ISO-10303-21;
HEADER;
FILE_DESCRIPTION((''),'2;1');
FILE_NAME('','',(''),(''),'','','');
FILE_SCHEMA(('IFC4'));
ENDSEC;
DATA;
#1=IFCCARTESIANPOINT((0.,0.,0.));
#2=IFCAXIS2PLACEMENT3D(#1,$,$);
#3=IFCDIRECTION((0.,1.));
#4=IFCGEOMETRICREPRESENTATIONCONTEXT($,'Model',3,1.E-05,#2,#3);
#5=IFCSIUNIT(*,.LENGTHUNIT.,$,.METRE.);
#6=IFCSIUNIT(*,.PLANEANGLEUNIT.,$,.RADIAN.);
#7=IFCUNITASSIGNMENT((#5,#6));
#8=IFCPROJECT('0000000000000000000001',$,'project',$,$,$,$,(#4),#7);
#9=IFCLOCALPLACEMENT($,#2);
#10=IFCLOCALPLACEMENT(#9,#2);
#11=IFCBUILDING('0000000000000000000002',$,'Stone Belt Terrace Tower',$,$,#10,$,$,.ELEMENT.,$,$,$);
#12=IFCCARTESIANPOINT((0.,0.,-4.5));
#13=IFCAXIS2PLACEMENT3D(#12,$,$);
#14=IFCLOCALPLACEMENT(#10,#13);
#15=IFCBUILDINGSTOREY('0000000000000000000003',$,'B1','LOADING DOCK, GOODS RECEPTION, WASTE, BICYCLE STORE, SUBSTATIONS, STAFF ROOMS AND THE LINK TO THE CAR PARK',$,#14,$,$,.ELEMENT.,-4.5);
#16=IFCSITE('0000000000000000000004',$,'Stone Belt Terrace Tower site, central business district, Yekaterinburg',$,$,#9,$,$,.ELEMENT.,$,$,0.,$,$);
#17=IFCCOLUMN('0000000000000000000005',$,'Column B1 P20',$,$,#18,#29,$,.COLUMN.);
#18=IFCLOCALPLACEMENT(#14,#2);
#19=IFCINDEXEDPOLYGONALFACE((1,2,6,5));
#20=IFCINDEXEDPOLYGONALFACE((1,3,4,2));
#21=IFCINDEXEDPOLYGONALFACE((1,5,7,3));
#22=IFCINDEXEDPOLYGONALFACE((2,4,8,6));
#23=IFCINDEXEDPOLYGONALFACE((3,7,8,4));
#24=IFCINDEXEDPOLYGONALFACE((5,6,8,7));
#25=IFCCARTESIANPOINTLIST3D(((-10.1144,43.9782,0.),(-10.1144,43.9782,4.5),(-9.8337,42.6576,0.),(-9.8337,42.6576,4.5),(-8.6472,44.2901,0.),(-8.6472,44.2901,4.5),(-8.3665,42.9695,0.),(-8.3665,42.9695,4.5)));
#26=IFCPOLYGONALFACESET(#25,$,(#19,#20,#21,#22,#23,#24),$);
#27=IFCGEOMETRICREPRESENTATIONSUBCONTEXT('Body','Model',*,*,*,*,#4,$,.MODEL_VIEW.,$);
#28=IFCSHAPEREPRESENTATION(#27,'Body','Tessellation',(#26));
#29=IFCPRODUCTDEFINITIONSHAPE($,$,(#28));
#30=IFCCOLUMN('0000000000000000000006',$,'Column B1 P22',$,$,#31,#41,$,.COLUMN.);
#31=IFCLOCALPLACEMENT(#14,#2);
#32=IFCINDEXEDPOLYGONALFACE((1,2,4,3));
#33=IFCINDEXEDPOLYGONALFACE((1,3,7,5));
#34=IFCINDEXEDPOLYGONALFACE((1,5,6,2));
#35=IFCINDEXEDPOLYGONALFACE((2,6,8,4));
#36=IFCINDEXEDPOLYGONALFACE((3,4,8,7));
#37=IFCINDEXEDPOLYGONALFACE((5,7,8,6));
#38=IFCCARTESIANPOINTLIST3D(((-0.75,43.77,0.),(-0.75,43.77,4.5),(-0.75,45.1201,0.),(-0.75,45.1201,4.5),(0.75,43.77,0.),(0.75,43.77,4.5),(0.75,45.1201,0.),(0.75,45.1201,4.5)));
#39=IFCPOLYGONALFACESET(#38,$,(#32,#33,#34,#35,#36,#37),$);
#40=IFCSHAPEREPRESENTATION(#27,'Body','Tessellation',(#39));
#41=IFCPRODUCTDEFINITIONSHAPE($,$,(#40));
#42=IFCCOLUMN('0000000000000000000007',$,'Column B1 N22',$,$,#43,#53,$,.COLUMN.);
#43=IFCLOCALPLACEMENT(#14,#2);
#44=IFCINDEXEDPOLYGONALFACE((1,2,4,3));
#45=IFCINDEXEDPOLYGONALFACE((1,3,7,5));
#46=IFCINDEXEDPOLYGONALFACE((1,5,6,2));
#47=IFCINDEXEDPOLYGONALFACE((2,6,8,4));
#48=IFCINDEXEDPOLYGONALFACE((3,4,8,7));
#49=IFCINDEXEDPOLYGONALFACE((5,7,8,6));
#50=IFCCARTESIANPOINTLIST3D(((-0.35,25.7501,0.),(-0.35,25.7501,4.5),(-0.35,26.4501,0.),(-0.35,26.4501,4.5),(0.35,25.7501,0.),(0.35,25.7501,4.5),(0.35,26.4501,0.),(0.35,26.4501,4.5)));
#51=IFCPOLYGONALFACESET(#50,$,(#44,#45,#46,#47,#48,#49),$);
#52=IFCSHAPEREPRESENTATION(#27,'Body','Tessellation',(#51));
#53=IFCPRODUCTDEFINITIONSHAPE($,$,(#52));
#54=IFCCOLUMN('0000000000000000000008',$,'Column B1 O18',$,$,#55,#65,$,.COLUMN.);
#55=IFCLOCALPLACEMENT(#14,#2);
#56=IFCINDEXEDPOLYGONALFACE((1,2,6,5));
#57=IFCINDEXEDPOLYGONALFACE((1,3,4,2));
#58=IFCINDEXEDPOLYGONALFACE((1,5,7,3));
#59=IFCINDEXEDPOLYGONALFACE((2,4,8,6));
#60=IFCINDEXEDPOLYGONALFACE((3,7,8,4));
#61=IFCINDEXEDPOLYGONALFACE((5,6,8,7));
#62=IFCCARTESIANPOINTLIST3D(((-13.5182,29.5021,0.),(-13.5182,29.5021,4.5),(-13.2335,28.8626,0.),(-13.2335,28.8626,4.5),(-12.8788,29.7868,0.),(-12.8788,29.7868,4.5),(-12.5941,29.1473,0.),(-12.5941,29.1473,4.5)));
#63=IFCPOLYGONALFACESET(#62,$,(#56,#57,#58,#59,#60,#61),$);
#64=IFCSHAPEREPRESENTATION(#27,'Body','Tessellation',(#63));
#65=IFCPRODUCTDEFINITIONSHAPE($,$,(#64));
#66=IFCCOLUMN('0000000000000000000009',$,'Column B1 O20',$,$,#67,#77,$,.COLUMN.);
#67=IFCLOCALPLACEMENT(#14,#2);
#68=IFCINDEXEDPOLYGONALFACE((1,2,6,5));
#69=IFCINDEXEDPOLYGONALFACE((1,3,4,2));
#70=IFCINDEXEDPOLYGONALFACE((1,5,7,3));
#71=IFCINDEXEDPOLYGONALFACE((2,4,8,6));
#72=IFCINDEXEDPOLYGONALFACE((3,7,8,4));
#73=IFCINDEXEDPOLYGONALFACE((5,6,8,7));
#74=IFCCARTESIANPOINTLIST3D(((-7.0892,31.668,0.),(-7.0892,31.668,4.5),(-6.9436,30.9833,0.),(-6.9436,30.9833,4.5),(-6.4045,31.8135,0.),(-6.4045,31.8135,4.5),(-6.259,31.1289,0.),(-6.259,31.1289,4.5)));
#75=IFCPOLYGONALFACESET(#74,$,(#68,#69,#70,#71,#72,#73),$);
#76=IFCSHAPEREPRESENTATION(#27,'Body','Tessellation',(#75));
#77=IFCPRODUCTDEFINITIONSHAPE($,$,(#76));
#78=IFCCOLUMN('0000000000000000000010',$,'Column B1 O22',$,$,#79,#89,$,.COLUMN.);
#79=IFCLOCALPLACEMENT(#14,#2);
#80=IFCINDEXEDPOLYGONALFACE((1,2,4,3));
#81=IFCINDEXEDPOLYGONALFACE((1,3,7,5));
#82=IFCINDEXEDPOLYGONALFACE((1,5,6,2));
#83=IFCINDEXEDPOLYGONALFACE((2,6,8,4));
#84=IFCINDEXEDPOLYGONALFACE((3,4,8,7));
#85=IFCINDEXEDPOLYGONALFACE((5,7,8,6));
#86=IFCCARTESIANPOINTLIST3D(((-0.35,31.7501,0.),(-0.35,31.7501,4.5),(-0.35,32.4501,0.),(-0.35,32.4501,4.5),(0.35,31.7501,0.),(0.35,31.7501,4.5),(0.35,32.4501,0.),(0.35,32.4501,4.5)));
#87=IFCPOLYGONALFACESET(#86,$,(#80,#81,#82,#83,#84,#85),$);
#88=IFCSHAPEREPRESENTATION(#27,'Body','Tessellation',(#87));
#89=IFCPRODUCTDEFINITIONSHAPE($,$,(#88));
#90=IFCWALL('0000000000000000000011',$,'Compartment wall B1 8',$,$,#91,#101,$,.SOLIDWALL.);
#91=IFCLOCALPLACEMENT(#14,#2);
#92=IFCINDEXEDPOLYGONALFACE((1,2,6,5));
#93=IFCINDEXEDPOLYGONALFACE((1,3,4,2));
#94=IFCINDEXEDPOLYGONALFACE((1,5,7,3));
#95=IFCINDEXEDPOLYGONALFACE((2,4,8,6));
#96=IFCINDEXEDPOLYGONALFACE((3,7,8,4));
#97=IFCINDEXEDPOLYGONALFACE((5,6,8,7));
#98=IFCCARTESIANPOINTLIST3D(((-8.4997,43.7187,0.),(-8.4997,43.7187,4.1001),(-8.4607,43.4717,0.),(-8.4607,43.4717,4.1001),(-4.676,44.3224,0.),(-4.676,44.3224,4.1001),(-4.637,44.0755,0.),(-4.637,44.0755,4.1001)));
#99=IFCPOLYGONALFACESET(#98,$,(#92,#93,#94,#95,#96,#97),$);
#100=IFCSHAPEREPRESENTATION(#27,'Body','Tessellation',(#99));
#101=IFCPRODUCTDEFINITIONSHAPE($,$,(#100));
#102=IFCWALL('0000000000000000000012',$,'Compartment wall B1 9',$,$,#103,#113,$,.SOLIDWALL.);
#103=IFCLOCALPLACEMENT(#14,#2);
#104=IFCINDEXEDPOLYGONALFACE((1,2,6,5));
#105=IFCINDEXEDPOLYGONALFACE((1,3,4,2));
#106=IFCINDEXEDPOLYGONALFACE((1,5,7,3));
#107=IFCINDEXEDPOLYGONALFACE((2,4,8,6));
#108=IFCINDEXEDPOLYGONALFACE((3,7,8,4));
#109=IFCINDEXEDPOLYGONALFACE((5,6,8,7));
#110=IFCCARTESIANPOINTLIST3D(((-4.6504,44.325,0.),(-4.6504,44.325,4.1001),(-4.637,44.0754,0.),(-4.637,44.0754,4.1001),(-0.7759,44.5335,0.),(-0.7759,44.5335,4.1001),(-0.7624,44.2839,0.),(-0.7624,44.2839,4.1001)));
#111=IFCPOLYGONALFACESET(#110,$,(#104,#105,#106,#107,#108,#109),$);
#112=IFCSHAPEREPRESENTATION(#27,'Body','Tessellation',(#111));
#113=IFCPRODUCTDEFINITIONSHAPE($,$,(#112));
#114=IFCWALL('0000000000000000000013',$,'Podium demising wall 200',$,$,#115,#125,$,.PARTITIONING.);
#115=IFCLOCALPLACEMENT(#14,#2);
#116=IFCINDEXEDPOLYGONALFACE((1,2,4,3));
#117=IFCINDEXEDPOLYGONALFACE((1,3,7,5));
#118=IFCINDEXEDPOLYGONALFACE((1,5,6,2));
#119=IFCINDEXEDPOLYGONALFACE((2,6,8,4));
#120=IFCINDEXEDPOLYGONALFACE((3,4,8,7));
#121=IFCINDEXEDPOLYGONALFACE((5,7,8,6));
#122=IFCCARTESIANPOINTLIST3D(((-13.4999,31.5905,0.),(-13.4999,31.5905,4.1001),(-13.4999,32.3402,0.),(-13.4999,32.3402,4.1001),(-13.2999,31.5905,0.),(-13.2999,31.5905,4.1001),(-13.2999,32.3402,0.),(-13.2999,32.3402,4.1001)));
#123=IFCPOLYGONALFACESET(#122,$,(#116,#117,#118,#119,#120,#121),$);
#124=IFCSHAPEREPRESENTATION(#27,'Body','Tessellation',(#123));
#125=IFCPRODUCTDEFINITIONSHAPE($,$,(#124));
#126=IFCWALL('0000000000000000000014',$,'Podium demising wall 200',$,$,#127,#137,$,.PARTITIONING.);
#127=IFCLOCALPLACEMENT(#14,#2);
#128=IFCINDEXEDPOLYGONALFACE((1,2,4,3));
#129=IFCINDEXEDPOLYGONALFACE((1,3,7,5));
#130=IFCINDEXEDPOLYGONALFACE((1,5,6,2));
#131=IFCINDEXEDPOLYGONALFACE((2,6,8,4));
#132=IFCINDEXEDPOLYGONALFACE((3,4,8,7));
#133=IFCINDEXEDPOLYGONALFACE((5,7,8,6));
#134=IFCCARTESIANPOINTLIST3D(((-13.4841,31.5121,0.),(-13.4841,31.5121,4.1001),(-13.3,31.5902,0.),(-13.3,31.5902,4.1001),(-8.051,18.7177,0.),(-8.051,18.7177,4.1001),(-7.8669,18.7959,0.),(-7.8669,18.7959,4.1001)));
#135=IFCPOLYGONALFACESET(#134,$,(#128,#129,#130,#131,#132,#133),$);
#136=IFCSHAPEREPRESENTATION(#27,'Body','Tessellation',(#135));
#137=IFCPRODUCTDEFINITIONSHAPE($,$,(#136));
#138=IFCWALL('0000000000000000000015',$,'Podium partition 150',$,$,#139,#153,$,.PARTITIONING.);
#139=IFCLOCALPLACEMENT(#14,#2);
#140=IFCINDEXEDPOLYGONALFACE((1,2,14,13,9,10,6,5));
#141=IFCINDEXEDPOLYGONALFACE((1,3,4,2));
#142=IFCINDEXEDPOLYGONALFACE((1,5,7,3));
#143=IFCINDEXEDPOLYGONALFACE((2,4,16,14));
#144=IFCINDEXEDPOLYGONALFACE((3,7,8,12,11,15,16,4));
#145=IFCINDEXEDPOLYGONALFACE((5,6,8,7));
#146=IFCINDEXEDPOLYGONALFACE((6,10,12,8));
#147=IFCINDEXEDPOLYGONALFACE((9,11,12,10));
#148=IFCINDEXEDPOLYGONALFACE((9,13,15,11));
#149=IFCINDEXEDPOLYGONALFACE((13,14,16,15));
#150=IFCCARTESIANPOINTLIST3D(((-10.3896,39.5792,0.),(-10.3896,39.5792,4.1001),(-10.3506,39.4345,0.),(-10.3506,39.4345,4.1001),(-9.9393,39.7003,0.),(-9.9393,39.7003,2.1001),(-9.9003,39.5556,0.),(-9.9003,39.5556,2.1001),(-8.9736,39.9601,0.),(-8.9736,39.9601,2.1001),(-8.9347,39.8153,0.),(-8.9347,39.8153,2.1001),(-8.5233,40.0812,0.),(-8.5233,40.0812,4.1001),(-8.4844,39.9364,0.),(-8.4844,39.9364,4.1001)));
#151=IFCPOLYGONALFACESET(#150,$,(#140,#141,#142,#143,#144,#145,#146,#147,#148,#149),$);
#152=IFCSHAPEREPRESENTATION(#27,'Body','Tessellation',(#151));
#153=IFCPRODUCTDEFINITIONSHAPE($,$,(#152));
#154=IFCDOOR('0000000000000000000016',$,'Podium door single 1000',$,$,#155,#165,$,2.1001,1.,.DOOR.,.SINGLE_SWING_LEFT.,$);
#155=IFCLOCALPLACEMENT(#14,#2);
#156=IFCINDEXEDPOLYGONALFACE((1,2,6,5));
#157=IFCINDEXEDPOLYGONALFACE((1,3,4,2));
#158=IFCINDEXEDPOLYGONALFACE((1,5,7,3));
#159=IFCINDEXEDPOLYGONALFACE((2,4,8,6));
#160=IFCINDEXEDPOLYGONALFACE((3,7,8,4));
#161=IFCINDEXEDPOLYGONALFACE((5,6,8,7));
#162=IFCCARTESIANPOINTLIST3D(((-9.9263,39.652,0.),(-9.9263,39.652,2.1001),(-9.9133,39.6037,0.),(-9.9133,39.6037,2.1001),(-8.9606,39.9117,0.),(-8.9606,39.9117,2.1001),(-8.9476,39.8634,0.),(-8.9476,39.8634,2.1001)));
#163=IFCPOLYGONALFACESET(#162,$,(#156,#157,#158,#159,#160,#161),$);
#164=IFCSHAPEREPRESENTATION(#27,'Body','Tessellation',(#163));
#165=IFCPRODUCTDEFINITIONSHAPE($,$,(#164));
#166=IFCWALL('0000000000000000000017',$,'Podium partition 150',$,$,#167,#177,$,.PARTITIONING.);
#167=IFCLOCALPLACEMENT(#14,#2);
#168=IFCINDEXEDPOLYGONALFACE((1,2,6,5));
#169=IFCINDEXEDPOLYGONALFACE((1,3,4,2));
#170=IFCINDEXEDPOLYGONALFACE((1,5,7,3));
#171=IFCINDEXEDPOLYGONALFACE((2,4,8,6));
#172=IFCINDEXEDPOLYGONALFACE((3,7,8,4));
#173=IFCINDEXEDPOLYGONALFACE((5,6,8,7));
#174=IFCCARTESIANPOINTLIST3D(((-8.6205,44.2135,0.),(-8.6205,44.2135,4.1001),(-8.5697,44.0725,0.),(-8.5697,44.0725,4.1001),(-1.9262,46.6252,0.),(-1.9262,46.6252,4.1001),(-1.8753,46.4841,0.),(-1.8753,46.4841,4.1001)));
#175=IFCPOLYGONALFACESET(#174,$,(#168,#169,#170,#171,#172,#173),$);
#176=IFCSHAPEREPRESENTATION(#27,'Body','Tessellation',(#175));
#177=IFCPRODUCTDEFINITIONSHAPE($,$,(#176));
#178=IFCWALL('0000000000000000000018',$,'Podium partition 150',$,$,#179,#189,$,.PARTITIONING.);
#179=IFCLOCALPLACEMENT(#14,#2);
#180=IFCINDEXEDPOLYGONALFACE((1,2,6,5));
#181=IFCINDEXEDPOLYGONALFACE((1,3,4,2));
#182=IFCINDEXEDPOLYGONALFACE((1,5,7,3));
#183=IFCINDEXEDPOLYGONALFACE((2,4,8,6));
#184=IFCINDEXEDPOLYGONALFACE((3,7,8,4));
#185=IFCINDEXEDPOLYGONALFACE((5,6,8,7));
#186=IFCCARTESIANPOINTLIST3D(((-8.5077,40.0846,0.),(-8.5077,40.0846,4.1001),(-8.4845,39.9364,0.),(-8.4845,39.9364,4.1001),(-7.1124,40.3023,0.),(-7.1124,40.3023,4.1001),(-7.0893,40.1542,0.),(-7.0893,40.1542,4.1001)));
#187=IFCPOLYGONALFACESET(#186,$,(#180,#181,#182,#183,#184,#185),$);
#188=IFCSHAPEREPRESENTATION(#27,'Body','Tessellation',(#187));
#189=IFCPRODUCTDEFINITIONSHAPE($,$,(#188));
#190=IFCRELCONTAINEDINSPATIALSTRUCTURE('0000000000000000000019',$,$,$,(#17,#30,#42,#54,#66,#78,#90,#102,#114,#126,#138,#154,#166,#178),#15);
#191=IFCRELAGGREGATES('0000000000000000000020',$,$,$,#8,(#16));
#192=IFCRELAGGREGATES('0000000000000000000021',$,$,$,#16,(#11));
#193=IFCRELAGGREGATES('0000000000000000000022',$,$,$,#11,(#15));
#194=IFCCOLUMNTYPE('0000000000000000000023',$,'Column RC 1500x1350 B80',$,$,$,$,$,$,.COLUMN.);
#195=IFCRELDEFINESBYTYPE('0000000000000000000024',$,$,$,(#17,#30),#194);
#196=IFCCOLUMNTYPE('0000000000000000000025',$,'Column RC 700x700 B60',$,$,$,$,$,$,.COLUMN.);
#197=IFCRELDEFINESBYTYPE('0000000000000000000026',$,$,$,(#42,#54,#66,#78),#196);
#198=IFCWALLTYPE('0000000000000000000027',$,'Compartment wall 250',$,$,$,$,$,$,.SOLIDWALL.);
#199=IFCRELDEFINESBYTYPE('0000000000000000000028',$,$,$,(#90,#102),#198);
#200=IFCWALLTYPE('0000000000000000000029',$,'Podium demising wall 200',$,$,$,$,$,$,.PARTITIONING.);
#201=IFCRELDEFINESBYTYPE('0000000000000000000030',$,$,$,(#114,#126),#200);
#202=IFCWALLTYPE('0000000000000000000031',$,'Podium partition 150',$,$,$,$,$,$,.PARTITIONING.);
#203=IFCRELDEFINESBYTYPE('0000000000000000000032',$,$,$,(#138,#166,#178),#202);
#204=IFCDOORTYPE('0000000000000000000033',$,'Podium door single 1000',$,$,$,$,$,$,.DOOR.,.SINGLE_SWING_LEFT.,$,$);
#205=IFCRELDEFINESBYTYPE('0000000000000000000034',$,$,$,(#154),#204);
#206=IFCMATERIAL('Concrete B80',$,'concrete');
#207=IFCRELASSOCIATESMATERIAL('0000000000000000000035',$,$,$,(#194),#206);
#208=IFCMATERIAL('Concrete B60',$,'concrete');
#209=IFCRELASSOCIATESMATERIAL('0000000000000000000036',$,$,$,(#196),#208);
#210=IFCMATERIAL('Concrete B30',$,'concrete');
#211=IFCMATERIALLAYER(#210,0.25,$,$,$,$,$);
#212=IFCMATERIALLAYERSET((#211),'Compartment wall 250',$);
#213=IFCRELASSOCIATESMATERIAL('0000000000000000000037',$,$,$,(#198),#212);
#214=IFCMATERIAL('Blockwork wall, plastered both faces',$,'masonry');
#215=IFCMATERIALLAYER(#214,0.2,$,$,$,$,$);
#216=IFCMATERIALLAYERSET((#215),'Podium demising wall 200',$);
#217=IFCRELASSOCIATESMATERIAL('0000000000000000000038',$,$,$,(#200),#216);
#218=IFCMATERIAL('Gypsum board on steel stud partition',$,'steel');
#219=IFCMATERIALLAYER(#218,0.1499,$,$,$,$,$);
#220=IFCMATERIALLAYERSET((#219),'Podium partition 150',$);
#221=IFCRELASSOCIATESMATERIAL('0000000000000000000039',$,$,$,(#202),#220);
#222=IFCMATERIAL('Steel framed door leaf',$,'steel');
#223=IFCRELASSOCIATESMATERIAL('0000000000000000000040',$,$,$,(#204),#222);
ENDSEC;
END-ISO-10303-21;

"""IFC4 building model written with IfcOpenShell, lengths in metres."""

from ifc_helpers import new_model, si_unit, direction, frame, frame_2d, origin, origin_2d, place, context, subcontext, project, spatial, rectangle, extrude, material, layer, layer_set, material_profile, profile_set, type_object, element, fill, save


model = new_model("IFC4")

# Units and contexts
model_context = context("Model", 3, precision=1e-05, world=origin(), true_north=direction((0.0, 1.0)))
body_context = subcontext(model_context, "Body", "Model", "MODEL_VIEW")
ifc_project = project(units=[si_unit("LENGTHUNIT", "METRE"), si_unit("PLANEANGLEUNIT", "RADIAN")], contexts=[model_context])

# Site, building, storey
site_placement = place(None, origin())
site = spatial("IfcSite", under=ifc_project, at=site_placement, Name="Stone Belt Terrace Tower site, central business district, Yekaterinburg", CompositionType="ELEMENT", RefElevation=0.0)
building_placement = place(site_placement, origin())
building = spatial("IfcBuilding", under=site, at=building_placement, Name="Stone Belt Terrace Tower", CompositionType="ELEMENT")
storey_placement = place(building_placement, frame((0.0, 0.0, -4.5)))
storey = spatial("IfcBuildingStorey", under=building, at=storey_placement, Name="B1", Description="LOADING DOCK, GOODS RECEPTION, WASTE, BICYCLE STORE, SUBSTATIONS, STAFF ROOMS AND THE LINK TO THE CAR PARK", CompositionType="ELEMENT", Elevation=-4.5)

# Columns
ifc_material_1 = material(Name="Concrete B80", Category="concrete")
ifc_material_profile_1 = material_profile(ifc_material_1, rectangle(XDim=1.5, YDim=1.3501, at=origin_2d()), Name="RC 1500x1350")
ifc_profile_set_1 = profile_set([ifc_material_profile_1], Name="Concrete B80")
column_type_1 = type_object("IfcColumnType", Name="Column RC 1500x1350 B80", PredefinedType="COLUMN", material=ifc_profile_set_1)
for number, where, z_axis, x_axis, name in (
    (1, (-9.2405, 43.4739, 0.0), (0.0, 0.0, 1.0), (0.978148, 0.207912, 0.0), "Column B1 P20"),
    (2, (0.0, 44.4451, 0.0), (0.0, 0.0, 1.0), (1.0, 0.0, 0.0), "Column B1 P22"),
):
    element("IfcColumn", number, at=place(storey_placement, frame(where, z_axis=z_axis, x_axis=x_axis)), inside=storey, type_object=column_type_1, Name=name, PredefinedType="COLUMN", context=body_context, shape_type="SweptSolid", body=[
        extrude(rectangle(XDim=1.5, YDim=1.3501, at=origin_2d()), origin(), (0.0, 0.0, 1.0), 4.5),
    ])
ifc_material_2 = material(Name="Concrete B60", Category="concrete")
ifc_material_profile_2 = material_profile(ifc_material_2, rectangle(XDim=0.7, YDim=0.7, at=origin_2d()), Name="RC 700x700")
ifc_profile_set_2 = profile_set([ifc_material_profile_2], Name="Concrete B60")
column_type_2 = type_object("IfcColumnType", Name="Column RC 700x700 B60", PredefinedType="COLUMN", material=ifc_profile_set_2)
for number, where, z_axis, x_axis, name in (
    (3, (0.0, 26.1001, 0.0), (0.0, 0.0, 1.0), (1.0, 0.0, 0.0), "Column B1 N22"),
    (4, (-13.0562, 29.3247, 0.0), (0.0, 0.0, 1.0), (0.913545, 0.406737, 0.0), "Column B1 O18"),
    (5, (-6.6741, 31.3984, 0.0), (0.0, 0.0, 1.0), (0.978148, 0.207912, 0.0), "Column B1 O20"),
    (6, (0.0, 32.1001, 0.0), (0.0, 0.0, 1.0), (1.0, 0.0, 0.0), "Column B1 O22"),
):
    element("IfcColumn", number, at=place(storey_placement, frame(where, z_axis=z_axis, x_axis=x_axis)), inside=storey, type_object=column_type_2, Name=name, PredefinedType="COLUMN", context=body_context, shape_type="SweptSolid", body=[
        extrude(rectangle(XDim=0.7, YDim=0.7, at=origin_2d()), origin(), (0.0, 0.0, 1.0), 4.5),
    ])

# Walls
ifc_material_3 = material(Name="Concrete B30", Category="concrete")
ifc_layer_1 = layer(ifc_material_3, 0.25)
ifc_layer_set_1 = layer_set([ifc_layer_1], Name="Compartment wall 250")
wall_type_1 = type_object("IfcWallType", Name="Compartment wall 250", PredefinedType="SOLIDWALL", material=ifc_layer_set_1)
wall_1_placement = place(storey_placement, frame((-8.4802, 43.5952, 0.0), z_axis=(0.0, 0.0, 1.0), x_axis=(0.987762, 0.155966, 0.0)))
element("IfcWall", 7, at=wall_1_placement, inside=storey, type_object=wall_type_1, Name="Compartment wall B1 8", PredefinedType="SOLIDWALL", context=body_context, shape_type="SweptSolid", body=[
    extrude(rectangle(XDim=3.8711, YDim=0.25, at=frame_2d((1.9355, 0.0))), origin(), (0.0, 0.0, 1.0), 4.1001),
])
wall_2_placement = place(storey_placement, frame((-4.6436, 44.2002, 0.0), z_axis=(0.0, 0.0, 1.0), x_axis=(0.998555, 0.053734, 0.0)))
element("IfcWall", 8, at=wall_2_placement, inside=storey, type_object=wall_type_1, Name="Compartment wall B1 9", PredefinedType="SOLIDWALL", context=body_context, shape_type="SweptSolid", body=[
    extrude(rectangle(XDim=3.8801, YDim=0.25, at=frame_2d((1.9399, 0.0))), origin(), (0.0, 0.0, 1.0), 4.1001),
])
ifc_material_4 = material(Name="Blockwork wall, plastered both faces", Category="masonry")
ifc_layer_2 = layer(ifc_material_4, 0.2)
ifc_layer_set_2 = layer_set([ifc_layer_2], Name="Podium demising wall 200")
wall_type_2 = type_object("IfcWallType", Name="Podium demising wall 200", PredefinedType="PARTITIONING", material=ifc_layer_set_2)
wall_3_placement = place(storey_placement, frame((-13.3999, 31.5903, 0.0), z_axis=(0.0, 0.0, 1.0), x_axis=(0.0, 1.0, 0.0)))
element("IfcWall", 9, at=wall_3_placement, inside=storey, type_object=wall_type_2, Name="Podium demising wall 200", PredefinedType="PARTITIONING", context=body_context, shape_type="SweptSolid", body=[
    extrude(rectangle(XDim=0.7498, YDim=0.2, at=frame_2d((0.375, 0.0))), origin(), (0.0, 0.0, 1.0), 4.1001),
])
wall_4_placement = place(storey_placement, frame((-13.3921, 31.5513, 0.0), z_axis=(0.0, 0.0, 1.0), x_axis=(0.390865, -0.920448, 0.0)))
element("IfcWall", 10, at=wall_4_placement, inside=storey, type_object=wall_type_2, Name="Podium demising wall 200", PredefinedType="PARTITIONING", context=body_context, shape_type="SweptSolid", body=[
    extrude(rectangle(XDim=13.9001, YDim=0.2, at=frame_2d((6.9502, 0.0))), origin(), (0.0, 0.0, 1.0), 4.1001),
])

# Wall, opening, door
ifc_material_5 = material(Name="Gypsum board on steel stud partition", Category="steel")
ifc_layer_3 = layer(ifc_material_5, 0.1499)
ifc_layer_set_3 = layer_set([ifc_layer_3], Name="Podium partition 150")
wall_type_3 = type_object("IfcWallType", Name="Podium partition 150", PredefinedType="PARTITIONING", material=ifc_layer_set_3)
wall_5_placement = place(storey_placement, frame((-10.3701, 39.5068, 0.0), z_axis=(0.0, 0.0, 1.0), x_axis=(0.965679, 0.259738, 0.0)))
wall_5 = element("IfcWall", 11, at=wall_5_placement, inside=storey, type_object=wall_type_3, Name="Podium partition 150", PredefinedType="PARTITIONING", context=body_context, shape_type="SweptSolid", body=[
    extrude(rectangle(XDim=1.9326, YDim=0.1499, at=frame_2d((0.9663, 0.0))), origin(), (0.0, 0.0, 1.0), 4.1001),
])
opening_placement = place(wall_5_placement, frame((0.4663, 0.0, 0.0)))
opening = element("IfcOpeningElement", 12, at=opening_placement, cuts=wall_5, PredefinedType="OPENING", context=body_context, shape_type="SweptSolid", body=[
    extrude(rectangle(XDim=1.0, YDim=2.1001, at=frame_2d((0.5, 1.05))), frame((0.0, 0.085, 0.0), z_axis=(0.0, -1.0, 0.0), x_axis=(1.0, 0.0, 0.0)), (0.0, 0.0, 1.0), 0.1699),
])
ifc_material_6 = material(Name="Steel framed door leaf", Category="steel")
door_type = type_object("IfcDoorType", Name="Podium door single 1000", OperationType="SINGLE_SWING_LEFT", PredefinedType="DOOR", material=ifc_material_6)
door_placement = place(opening_placement, origin())
door = element("IfcDoor", 13, at=door_placement, inside=storey, type_object=door_type, Name="Podium door single 1000", OperationType="SINGLE_SWING_LEFT", OverallHeight=2.1001, OverallWidth=1.0, PredefinedType="DOOR", context=body_context, shape_type="SweptSolid", body=[
    extrude(rectangle(XDim=1.0, YDim=2.1001, at=frame_2d((0.5, 1.05))), frame((0.0, 0.0249, 0.0), z_axis=(0.0, -1.0, 0.0), x_axis=(1.0, 0.0, 0.0)), (0.0, 0.0, 1.0), 0.05),
])
fill(opening, door)

# Walls
wall_6_placement = place(storey_placement, frame((-8.595, 44.1431, 0.0), z_axis=(0.0, 0.0, 1.0), x_axis=(0.940813, 0.338926, 0.0)))
element("IfcWall", 14, at=wall_6_placement, inside=storey, type_object=wall_type_3, Name="Podium partition 150", PredefinedType="PARTITIONING", context=body_context, shape_type="SweptSolid", body=[
    extrude(rectangle(XDim=7.1155, YDim=0.1499, at=frame_2d((3.5576, 0.0))), origin(), (0.0, 0.0, 1.0), 4.1001),
])
wall_7_placement = place(storey_placement, frame((-8.4961, 40.0105, 0.0), z_axis=(0.0, 0.0, 1.0), x_axis=(0.988038, 0.154213, 0.0)))
element("IfcWall", 15, at=wall_7_placement, inside=storey, type_object=wall_type_3, Name="Podium partition 150", PredefinedType="PARTITIONING", context=body_context, shape_type="SweptSolid", body=[
    extrude(rectangle(XDim=1.4121, YDim=0.1499, at=frame_2d((0.7061, 0.0))), origin(), (0.0, 0.0, 1.0), 4.1001),
])

save(model, "model.ifc")
